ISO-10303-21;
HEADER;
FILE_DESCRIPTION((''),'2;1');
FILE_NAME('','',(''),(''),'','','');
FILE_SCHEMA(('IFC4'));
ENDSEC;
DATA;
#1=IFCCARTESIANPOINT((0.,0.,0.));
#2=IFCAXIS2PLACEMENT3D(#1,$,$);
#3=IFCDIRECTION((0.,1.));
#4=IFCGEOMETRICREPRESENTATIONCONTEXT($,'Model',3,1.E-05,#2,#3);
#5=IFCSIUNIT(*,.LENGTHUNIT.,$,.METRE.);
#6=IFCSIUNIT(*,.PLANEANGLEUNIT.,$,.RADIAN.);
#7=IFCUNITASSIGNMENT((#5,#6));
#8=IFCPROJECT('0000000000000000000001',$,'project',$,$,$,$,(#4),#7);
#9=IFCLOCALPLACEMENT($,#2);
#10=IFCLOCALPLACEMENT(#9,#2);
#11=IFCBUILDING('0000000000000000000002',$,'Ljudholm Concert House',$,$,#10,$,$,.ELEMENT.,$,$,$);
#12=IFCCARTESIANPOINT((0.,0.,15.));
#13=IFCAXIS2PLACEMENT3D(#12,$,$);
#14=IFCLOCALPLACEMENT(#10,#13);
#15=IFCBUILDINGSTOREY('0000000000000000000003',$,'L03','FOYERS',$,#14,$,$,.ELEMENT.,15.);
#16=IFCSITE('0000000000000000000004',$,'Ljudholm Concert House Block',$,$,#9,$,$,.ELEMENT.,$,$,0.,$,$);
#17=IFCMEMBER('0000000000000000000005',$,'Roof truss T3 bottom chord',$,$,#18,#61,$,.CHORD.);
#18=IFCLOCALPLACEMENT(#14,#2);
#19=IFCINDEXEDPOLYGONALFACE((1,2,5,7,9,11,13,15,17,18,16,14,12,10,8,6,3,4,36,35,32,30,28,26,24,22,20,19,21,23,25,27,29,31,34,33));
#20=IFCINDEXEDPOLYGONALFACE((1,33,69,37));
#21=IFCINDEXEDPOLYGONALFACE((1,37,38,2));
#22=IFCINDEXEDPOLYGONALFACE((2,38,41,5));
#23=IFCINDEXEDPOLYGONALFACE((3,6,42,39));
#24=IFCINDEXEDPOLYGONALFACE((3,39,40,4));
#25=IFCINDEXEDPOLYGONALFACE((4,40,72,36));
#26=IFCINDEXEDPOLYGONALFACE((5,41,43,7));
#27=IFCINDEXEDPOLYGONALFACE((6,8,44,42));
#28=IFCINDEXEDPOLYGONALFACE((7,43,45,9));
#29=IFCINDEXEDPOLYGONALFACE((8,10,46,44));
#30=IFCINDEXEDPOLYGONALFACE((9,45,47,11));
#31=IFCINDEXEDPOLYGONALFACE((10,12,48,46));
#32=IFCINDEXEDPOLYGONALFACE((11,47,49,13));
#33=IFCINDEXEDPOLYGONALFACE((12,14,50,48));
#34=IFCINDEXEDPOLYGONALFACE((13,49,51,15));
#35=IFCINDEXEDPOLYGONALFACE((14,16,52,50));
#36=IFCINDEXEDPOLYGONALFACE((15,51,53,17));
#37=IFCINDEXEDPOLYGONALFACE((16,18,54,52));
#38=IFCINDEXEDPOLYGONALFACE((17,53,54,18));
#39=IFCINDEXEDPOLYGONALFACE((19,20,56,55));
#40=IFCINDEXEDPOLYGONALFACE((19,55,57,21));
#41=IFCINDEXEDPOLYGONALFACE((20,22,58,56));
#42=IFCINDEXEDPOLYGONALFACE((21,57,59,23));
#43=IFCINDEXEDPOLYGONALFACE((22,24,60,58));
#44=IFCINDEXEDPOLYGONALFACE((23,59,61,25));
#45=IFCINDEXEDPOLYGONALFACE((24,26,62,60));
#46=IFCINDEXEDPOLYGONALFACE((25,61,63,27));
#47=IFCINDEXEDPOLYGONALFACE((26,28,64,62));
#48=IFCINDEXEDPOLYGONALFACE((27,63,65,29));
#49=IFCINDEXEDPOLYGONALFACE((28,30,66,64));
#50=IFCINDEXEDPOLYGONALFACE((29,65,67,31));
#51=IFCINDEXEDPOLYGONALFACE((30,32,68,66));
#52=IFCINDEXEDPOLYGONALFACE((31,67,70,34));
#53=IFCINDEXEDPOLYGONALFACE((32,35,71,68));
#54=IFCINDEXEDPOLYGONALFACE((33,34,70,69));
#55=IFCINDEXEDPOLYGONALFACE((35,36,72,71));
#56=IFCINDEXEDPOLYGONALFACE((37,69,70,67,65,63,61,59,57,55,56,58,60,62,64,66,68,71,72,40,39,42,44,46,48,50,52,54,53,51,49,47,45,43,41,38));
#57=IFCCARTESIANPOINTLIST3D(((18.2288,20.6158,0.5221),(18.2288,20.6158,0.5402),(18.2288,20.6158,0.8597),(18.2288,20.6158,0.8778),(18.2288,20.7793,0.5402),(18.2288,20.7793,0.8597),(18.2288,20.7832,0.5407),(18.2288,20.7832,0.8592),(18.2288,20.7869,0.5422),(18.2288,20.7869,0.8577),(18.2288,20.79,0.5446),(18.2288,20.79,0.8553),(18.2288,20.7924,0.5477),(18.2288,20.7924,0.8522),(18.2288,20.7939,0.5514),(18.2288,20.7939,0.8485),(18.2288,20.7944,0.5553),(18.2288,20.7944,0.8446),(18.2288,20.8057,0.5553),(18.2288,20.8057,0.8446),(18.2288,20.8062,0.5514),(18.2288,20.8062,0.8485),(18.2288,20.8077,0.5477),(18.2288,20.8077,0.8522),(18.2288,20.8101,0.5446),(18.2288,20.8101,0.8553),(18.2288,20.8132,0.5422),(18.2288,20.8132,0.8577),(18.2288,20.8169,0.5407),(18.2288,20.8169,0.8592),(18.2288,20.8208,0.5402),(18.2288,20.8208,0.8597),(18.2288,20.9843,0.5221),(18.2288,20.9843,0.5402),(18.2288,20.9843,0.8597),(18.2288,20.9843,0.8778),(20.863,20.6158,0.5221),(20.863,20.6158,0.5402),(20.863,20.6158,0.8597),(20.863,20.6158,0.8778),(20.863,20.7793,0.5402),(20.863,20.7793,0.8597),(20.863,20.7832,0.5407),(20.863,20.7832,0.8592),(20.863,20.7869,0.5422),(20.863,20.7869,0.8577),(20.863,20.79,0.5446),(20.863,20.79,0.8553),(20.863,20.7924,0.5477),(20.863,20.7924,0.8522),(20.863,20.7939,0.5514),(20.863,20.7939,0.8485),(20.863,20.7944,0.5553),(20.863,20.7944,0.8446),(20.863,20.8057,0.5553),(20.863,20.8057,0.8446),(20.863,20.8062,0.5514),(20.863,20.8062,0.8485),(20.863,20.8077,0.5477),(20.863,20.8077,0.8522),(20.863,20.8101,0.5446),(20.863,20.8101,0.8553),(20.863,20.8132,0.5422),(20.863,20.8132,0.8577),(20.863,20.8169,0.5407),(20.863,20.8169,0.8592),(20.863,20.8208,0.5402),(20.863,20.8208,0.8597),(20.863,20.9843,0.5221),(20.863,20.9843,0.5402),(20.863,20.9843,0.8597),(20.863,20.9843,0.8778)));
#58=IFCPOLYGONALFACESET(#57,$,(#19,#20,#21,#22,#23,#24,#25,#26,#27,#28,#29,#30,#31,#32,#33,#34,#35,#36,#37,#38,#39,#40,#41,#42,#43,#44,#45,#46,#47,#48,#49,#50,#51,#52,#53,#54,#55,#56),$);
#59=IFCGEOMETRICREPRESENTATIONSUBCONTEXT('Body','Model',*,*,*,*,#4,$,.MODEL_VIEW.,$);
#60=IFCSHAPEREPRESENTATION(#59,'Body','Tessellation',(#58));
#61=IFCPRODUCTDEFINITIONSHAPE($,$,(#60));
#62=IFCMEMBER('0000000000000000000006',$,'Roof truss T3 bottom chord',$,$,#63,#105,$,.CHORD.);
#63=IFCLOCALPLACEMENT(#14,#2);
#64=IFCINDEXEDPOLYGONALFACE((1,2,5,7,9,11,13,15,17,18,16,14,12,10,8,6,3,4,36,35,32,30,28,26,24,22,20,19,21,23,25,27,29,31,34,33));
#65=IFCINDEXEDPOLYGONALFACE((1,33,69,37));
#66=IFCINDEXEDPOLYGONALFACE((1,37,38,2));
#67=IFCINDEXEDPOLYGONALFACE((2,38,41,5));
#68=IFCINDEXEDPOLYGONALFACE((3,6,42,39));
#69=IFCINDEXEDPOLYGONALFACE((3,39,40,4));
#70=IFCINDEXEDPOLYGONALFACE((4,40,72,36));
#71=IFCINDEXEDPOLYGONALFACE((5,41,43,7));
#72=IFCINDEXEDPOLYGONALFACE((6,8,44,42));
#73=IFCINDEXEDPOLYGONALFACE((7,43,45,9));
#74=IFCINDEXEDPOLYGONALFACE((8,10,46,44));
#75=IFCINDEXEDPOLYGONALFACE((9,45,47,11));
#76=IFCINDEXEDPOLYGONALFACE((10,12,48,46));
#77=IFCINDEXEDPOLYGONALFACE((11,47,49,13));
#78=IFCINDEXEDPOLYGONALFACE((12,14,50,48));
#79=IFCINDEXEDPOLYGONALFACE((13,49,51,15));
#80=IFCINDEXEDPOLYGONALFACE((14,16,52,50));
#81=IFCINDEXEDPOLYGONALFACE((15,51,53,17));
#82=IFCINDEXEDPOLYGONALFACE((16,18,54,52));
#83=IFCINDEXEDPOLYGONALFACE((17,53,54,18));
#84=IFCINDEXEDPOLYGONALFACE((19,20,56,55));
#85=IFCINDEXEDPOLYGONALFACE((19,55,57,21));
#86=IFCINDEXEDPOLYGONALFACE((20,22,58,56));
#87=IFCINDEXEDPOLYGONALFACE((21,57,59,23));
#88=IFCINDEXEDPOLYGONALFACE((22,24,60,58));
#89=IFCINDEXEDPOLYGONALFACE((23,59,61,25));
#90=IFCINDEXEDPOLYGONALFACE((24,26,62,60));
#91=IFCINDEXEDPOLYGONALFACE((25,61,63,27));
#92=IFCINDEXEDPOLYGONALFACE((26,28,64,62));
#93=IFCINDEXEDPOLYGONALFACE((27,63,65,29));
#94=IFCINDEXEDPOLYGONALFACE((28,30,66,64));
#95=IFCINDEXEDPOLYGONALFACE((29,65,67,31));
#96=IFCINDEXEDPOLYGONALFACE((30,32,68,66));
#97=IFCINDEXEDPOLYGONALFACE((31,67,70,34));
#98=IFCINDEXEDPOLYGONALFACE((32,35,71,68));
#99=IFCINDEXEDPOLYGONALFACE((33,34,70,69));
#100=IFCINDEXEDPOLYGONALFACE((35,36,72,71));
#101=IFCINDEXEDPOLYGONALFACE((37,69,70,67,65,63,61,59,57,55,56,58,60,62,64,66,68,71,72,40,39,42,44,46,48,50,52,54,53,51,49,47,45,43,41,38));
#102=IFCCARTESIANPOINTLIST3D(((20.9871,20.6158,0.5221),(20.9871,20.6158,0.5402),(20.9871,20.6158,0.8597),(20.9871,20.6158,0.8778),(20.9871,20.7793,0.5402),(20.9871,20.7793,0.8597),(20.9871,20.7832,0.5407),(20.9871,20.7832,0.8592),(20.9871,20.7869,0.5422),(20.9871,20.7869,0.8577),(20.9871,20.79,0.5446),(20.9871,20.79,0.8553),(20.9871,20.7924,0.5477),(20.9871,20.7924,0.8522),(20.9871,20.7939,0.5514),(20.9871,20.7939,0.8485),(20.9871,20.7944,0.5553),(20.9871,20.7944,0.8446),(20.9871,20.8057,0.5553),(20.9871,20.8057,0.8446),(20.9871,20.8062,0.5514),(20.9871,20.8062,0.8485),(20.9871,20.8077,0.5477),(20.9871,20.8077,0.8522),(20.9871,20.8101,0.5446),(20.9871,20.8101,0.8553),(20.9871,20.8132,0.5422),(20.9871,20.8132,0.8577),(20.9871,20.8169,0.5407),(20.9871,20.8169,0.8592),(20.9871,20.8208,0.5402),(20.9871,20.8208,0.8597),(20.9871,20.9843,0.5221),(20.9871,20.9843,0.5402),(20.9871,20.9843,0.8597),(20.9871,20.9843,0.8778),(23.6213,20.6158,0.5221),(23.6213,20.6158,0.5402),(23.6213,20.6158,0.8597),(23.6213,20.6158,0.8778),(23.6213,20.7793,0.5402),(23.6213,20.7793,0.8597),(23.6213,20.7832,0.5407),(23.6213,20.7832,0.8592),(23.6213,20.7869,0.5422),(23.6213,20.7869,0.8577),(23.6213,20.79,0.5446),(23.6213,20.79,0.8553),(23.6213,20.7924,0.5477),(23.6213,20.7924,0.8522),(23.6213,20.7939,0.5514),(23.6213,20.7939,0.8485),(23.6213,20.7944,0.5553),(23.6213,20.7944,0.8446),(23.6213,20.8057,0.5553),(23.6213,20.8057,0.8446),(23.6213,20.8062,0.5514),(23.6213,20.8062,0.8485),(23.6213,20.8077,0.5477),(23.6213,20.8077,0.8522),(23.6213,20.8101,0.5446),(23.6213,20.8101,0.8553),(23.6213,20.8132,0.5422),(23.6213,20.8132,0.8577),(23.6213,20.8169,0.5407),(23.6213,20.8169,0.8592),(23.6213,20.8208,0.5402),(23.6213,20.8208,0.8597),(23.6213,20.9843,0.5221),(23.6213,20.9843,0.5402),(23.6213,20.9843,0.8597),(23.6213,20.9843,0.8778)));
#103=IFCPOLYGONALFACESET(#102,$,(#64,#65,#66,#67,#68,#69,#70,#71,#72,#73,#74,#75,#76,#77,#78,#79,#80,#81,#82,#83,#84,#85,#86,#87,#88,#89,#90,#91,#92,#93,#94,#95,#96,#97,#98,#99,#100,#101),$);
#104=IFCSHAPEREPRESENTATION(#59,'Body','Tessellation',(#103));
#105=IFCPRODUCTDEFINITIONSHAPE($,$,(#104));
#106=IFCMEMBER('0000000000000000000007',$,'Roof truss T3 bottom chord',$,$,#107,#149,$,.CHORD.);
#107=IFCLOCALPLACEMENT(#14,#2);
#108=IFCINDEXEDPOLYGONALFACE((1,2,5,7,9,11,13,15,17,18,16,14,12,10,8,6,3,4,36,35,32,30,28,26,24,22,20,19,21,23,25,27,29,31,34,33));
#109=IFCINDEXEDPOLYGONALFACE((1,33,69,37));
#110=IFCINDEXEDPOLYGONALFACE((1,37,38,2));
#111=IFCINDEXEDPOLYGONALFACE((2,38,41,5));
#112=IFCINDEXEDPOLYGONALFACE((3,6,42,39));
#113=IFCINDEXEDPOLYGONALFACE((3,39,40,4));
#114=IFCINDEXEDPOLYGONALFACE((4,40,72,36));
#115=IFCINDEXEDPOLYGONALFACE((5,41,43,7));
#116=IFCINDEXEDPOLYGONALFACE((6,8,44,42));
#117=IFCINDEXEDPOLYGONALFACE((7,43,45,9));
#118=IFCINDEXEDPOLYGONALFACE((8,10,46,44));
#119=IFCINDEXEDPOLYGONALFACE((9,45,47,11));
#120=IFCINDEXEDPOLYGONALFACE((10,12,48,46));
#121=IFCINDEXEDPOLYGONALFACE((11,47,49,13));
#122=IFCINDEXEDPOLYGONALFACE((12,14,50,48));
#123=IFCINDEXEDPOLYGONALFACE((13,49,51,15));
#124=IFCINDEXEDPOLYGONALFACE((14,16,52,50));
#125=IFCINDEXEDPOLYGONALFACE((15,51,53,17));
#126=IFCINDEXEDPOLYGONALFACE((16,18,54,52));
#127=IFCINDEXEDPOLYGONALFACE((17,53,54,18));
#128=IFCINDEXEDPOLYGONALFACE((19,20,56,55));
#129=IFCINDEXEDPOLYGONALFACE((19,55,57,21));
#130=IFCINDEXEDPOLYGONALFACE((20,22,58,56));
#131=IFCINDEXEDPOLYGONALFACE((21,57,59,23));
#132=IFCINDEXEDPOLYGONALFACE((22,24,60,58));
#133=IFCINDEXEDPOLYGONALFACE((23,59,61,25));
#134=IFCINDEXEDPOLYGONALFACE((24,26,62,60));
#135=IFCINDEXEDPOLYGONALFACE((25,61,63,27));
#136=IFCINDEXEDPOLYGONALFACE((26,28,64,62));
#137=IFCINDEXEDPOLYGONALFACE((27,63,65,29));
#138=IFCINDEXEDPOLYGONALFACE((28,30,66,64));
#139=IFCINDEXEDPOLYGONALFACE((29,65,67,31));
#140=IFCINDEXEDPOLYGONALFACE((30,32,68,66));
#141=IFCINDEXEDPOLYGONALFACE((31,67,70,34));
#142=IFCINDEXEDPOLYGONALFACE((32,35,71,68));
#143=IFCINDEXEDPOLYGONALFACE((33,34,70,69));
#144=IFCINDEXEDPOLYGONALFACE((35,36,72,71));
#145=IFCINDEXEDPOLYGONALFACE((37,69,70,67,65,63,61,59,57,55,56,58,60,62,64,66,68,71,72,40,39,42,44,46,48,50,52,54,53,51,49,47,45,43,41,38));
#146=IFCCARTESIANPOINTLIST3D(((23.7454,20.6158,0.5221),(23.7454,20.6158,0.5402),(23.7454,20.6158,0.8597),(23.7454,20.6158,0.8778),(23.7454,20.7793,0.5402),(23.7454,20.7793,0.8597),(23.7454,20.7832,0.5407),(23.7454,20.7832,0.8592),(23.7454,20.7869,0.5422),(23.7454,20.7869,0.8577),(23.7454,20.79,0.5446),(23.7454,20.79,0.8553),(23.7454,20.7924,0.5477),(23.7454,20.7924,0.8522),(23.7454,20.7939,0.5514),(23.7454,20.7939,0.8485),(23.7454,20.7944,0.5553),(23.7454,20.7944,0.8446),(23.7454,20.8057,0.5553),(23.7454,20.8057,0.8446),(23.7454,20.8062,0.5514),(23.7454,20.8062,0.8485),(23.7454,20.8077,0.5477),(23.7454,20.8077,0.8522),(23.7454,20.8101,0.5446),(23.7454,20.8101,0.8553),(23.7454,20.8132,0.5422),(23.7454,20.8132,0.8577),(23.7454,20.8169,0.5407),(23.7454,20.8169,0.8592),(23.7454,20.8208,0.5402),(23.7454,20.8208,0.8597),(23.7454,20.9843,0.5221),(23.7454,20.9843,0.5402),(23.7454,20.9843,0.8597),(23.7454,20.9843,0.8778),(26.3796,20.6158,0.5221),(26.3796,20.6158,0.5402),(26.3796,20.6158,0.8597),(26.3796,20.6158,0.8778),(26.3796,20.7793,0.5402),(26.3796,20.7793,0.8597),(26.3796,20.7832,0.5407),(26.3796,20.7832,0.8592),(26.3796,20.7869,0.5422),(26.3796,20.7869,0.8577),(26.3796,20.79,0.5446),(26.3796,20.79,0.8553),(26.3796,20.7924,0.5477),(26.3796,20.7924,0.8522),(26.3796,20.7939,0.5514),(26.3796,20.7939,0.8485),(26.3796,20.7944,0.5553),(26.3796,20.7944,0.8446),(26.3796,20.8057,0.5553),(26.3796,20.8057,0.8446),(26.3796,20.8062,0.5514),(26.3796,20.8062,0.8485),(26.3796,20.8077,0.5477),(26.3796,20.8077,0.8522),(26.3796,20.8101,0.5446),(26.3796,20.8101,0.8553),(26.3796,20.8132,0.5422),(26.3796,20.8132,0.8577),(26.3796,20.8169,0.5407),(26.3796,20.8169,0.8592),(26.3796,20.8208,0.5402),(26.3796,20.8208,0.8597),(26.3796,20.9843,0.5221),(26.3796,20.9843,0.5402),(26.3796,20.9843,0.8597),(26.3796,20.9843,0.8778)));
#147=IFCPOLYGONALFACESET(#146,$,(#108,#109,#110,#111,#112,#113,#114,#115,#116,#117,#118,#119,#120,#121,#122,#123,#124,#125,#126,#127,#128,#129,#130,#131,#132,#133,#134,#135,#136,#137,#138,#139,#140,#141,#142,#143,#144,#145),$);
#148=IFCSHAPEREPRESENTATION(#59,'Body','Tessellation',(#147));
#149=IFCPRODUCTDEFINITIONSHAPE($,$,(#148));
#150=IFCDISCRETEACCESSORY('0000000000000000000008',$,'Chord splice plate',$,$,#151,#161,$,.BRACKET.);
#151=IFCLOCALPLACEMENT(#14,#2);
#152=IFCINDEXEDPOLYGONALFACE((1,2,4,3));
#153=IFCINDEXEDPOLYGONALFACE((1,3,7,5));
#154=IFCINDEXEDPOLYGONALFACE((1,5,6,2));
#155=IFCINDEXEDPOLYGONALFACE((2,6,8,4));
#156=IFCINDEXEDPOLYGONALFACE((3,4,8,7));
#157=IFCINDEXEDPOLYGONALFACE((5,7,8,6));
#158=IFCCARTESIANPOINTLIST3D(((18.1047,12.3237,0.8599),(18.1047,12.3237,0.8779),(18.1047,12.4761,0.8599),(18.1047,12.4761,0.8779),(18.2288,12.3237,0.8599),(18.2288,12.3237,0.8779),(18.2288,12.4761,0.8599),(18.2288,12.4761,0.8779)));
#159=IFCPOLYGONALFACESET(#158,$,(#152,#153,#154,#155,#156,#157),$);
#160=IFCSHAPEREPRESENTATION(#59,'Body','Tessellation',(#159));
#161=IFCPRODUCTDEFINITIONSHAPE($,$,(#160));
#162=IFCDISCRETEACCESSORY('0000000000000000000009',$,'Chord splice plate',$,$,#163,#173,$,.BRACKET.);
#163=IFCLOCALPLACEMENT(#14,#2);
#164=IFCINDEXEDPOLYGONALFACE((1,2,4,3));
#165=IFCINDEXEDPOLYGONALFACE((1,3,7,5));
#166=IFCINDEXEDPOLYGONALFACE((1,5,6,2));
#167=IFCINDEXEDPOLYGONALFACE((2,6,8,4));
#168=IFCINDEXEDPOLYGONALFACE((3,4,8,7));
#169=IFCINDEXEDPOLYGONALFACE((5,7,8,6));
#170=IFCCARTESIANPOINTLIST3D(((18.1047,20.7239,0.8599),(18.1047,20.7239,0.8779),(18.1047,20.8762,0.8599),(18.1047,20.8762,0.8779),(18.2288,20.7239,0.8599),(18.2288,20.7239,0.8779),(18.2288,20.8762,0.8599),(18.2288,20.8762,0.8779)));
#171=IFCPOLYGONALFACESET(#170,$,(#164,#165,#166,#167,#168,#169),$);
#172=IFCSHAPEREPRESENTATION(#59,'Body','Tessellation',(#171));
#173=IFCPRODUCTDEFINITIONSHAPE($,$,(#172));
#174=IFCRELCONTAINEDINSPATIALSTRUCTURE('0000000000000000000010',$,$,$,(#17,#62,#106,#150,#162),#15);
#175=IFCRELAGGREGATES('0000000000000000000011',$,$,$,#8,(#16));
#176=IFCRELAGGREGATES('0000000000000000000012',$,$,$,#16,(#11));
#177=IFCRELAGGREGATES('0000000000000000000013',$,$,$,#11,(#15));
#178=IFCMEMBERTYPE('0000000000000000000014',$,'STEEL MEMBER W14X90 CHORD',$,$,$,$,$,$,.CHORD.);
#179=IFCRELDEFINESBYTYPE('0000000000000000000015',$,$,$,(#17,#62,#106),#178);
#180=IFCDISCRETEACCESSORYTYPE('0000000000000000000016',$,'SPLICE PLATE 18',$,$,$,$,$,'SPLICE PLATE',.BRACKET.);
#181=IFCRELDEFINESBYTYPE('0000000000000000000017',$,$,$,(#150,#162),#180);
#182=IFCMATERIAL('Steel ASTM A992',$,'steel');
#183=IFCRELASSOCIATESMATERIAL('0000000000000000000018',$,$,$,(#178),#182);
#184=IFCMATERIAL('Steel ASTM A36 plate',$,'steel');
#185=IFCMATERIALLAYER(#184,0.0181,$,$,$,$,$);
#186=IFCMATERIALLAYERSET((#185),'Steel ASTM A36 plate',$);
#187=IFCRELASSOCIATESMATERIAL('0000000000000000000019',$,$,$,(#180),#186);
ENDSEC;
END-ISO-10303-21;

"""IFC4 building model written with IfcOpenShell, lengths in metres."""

from ifc_helpers import new_model, si_unit, direction, frame, origin, origin_2d, place, context, subcontext, project, spatial, rectangle, i_section, extrude, material, layer, layer_set, material_profile, profile_set, type_object, element, save


model = new_model("IFC4")

# Units and contexts
model_context = context("Model", 3, precision=1e-05, world=origin(), true_north=direction((0.0, 1.0)))
body_context = subcontext(model_context, "Body", "Model", "MODEL_VIEW")
ifc_project = project(units=[si_unit("LENGTHUNIT", "METRE"), si_unit("PLANEANGLEUNIT", "RADIAN")], contexts=[model_context])

# Site, building, storey
site_placement = place(None, origin())
site = spatial("IfcSite", under=ifc_project, at=site_placement, Name="Ljudholm Concert House Block", CompositionType="ELEMENT", RefElevation=0.0)
building_placement = place(site_placement, origin())
building = spatial("IfcBuilding", under=site, at=building_placement, Name="Ljudholm Concert House", CompositionType="ELEMENT")
storey_placement = place(building_placement, frame((0.0, 0.0, 15.0)))
storey = spatial("IfcBuildingStorey", under=building, at=storey_placement, Name="L03", Description="FOYERS", CompositionType="ELEMENT", Elevation=15.0)

# Members
ifc_material_1 = material(Name="Steel ASTM A992", Category="steel")
ifc_material_profile = material_profile(ifc_material_1, i_section(OverallWidth=0.3684, OverallDepth=0.3557, WebThickness=0.0112, FlangeThickness=0.0181, FilletRadius=0.0151, at=origin_2d()), Name="W14X90")
ifc_profile_set = profile_set([ifc_material_profile], Name="Steel ASTM A992")
member_type = type_object("IfcMemberType", Name="STEEL MEMBER W14X90 CHORD", PredefinedType="CHORD", material=ifc_profile_set)
for number, where, z_axis, x_axis, name in (
    (1, (18.2288, 20.8, 0.7), (1.0, 0.0, 0.0), (0.0, 1.0, 0.0), "Roof truss T3 bottom chord"),
    (2, (20.9871, 20.8, 0.7), (1.0, 0.0, 0.0), (0.0, 1.0, 0.0), "Roof truss T3 bottom chord"),
    (3, (23.7454, 20.8, 0.7), (1.0, 0.0, 0.0), (0.0, 1.0, 0.0), "Roof truss T3 bottom chord"),
):
    element("IfcMember", number, at=place(storey_placement, frame(where, z_axis=z_axis, x_axis=x_axis)), inside=storey, type_object=member_type, Name=name, PredefinedType="CHORD", context=body_context, shape_type="SweptSolid", body=[
        extrude(i_section(OverallWidth=0.3684, OverallDepth=0.3557, WebThickness=0.0112, FlangeThickness=0.0181, FilletRadius=0.0151, at=origin_2d()), origin(), (0.0, 0.0, 1.0), 2.6343),
    ])

# Discrete accessories
ifc_material_2 = material(Name="Steel ASTM A36 plate", Category="steel")
ifc_layer_1 = layer(ifc_material_2, 0.0181)
ifc_layer_set_1 = layer_set([ifc_layer_1], Name="Steel ASTM A36 plate")
discrete_accessory_type_1 = type_object("IfcDiscreteAccessoryType", Name="SPLICE PLATE 18", ElementType="SPLICE PLATE", PredefinedType="BRACKET", material=ifc_layer_set_1)
for number, where, z_axis, x_axis, name in (
    (4, (18.1667, 12.3999, 0.8599), (0.0, 0.0, 1.0), (1.0, 0.0, 0.0), "Chord splice plate"),
    (5, (18.1667, 20.8, 0.8599), (0.0, 0.0, 1.0), (1.0, 0.0, 0.0), "Chord splice plate"),
):
    element("IfcDiscreteAccessory", number, at=place(storey_placement, frame(where, z_axis=z_axis, x_axis=x_axis)), inside=storey, type_object=discrete_accessory_type_1, Name=name, PredefinedType="BRACKET", context=body_context, shape_type="SweptSolid", body=[
        extrude(rectangle(XDim=0.124, YDim=0.1523, at=origin_2d()), origin(), (0.0, 0.0, 1.0), 0.0181),
    ])

save(model, "model.ifc")
